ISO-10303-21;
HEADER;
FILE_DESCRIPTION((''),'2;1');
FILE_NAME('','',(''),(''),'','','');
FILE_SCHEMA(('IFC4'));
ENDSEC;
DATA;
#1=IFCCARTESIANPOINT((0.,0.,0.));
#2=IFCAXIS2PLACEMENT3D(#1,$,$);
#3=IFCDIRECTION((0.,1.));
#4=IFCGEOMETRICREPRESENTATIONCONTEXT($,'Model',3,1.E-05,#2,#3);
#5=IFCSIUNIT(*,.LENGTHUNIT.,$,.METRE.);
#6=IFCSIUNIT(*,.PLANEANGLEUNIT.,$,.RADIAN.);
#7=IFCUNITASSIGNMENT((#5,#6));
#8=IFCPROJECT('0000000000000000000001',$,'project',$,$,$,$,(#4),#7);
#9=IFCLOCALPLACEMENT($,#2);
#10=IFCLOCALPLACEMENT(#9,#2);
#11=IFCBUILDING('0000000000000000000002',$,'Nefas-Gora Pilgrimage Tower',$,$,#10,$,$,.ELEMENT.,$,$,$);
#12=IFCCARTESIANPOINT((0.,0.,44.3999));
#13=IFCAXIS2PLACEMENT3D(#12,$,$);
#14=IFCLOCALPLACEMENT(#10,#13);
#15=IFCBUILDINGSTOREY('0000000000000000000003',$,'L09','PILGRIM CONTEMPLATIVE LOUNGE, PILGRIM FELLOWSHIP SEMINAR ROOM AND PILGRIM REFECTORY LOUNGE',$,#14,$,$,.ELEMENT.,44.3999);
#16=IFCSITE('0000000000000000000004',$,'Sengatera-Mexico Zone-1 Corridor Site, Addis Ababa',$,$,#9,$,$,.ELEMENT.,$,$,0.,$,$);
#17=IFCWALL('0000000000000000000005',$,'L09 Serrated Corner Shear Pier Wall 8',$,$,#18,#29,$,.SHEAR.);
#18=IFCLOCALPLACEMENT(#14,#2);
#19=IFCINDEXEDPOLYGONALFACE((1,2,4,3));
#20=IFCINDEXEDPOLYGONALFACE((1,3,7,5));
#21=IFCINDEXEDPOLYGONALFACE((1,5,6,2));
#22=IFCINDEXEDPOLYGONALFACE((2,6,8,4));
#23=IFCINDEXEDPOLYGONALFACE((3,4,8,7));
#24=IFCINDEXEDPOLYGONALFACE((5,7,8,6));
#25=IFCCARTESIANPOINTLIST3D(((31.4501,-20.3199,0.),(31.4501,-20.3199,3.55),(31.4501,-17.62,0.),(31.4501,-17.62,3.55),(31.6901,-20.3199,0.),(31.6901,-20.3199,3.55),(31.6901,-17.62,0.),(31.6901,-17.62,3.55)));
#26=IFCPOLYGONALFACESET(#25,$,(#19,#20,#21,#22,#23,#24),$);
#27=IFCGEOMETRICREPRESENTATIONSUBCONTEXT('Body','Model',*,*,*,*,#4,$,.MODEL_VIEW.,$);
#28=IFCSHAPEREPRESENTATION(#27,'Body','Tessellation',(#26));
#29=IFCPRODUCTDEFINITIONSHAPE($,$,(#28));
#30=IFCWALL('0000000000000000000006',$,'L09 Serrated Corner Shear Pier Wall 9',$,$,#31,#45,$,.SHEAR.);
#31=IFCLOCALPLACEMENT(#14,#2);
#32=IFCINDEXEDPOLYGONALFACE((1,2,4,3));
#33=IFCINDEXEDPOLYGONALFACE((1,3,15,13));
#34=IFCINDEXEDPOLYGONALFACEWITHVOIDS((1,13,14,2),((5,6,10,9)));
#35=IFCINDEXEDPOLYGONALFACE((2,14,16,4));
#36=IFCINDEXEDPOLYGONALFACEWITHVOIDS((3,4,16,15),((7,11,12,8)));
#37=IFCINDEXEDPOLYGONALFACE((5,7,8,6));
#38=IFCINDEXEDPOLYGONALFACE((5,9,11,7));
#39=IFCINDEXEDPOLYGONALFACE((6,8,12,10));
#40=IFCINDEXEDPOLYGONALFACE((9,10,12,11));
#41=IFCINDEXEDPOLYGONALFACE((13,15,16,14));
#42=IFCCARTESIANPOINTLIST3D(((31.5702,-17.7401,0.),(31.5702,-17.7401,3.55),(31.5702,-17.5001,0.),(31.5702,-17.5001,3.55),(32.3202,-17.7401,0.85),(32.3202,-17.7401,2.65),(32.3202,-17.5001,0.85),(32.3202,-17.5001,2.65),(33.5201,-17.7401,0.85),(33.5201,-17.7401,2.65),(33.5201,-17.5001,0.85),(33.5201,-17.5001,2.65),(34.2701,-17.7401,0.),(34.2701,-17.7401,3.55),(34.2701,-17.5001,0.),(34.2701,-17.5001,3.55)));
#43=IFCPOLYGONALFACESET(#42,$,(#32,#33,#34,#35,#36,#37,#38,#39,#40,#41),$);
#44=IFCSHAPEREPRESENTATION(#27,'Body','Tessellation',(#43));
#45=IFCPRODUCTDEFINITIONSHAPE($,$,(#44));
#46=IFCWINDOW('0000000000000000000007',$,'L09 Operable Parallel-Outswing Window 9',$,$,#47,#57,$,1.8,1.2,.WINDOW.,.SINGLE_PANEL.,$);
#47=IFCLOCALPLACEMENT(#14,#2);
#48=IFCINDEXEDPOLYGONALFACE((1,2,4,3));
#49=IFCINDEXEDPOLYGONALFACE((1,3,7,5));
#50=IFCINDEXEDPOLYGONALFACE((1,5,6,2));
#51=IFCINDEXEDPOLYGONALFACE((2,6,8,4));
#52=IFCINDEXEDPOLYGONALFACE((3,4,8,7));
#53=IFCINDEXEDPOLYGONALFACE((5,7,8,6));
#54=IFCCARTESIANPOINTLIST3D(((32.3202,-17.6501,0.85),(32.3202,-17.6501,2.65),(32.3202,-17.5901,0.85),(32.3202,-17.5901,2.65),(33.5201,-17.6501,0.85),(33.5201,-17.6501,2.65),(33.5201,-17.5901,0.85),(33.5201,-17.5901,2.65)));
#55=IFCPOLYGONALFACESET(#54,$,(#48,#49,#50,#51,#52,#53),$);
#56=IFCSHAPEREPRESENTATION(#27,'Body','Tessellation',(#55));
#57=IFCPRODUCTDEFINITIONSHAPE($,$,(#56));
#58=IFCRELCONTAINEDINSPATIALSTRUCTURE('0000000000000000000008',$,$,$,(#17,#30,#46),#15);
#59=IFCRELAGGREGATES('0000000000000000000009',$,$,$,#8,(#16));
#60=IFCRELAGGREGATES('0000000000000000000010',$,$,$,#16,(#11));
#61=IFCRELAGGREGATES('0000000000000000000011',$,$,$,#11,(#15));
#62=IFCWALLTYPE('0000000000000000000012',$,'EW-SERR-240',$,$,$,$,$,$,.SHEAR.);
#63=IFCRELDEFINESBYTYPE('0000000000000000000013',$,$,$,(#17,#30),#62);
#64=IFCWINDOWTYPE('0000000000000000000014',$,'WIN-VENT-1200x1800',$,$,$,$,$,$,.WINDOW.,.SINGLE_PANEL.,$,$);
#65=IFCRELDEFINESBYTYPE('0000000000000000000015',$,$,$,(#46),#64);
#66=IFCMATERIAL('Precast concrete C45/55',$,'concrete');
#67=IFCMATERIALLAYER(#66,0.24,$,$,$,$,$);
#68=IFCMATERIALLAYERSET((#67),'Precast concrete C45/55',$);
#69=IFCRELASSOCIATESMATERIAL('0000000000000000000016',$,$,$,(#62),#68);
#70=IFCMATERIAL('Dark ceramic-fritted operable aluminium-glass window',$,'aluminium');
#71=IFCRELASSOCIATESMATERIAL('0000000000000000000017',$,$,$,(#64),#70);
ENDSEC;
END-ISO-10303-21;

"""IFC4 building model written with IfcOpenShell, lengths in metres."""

from ifc_helpers import new_model, si_unit, direction, frame, frame_2d, origin, place, context, subcontext, project, spatial, rectangle, extrude, source, transform, mapped, material, layer, layer_set, type_object, element, fill, save


model = new_model("IFC4")

# Units and contexts
model_context = context("Model", 3, precision=1e-05, world=origin(), true_north=direction((0.0, 1.0)))
body_context = subcontext(model_context, "Body", "Model", "MODEL_VIEW")
ifc_project = project(units=[si_unit("LENGTHUNIT", "METRE"), si_unit("PLANEANGLEUNIT", "RADIAN")], contexts=[model_context])

# Site, building, storey
site_placement = place(None, origin())
site = spatial("IfcSite", under=ifc_project, at=site_placement, Name="Sengatera-Mexico Zone-1 Corridor Site, Addis Ababa", CompositionType="ELEMENT", RefElevation=0.0)
building_placement = place(site_placement, origin())
building = spatial("IfcBuilding", under=site, at=building_placement, Name="Nefas-Gora Pilgrimage Tower", CompositionType="ELEMENT")
storey_placement = place(building_placement, frame((0.0, 0.0, 44.3999)))
storey = spatial("IfcBuildingStorey", under=building, at=storey_placement, Name="L09", Description="PILGRIM CONTEMPLATIVE LOUNGE, PILGRIM FELLOWSHIP SEMINAR ROOM AND PILGRIM REFECTORY LOUNGE", CompositionType="ELEMENT", Elevation=44.3999)

# Wall
ifc_material_1 = material(Name="Precast concrete C45/55", Category="concrete")
ifc_layer_1 = layer(ifc_material_1, 0.24)
ifc_layer_set_1 = layer_set([ifc_layer_1], Name="Precast concrete C45/55")
wall_type = type_object("IfcWallType", Name="EW-SERR-240", PredefinedType="SHEAR", material=ifc_layer_set_1)
shared_shape_1 = source(origin(), body_context, "Body", "SweptSolid", [
    extrude(rectangle(XDim=2.7, YDim=0.24, at=frame_2d((1.3501, 0.0))), origin(), (0.0, 0.0, 1.0), 3.55),
])
for number, where, z_axis, x_axis, name in (
    (1, (31.5701, -20.3201, 0.0), (0.0, 0.0, 1.0), (0.0, 1.0, 0.0), "L09 Serrated Corner Shear Pier Wall 8"),
):
    element("IfcWall", number, at=place(storey_placement, frame(where, z_axis=z_axis, x_axis=x_axis)), inside=storey, type_object=wall_type, Name=name, PredefinedType="SHEAR", context=body_context, shape_type="MappedRepresentation", body=[
        mapped(shared_shape_1, transform((0.0, 0.0, 0.0), x_axis=(1.0, 0.0, 0.0), y_axis=(0.0, 1.0, 0.0), z_axis=(0.0, 0.0, 1.0), scale=1.0)),
    ])

# Wall, opening, window
wall_placement = place(storey_placement, frame((31.5701, -17.6201, 0.0), z_axis=(0.0, 0.0, 1.0), x_axis=(1.0, 0.0, 0.0)))
wall = element("IfcWall", 2, at=wall_placement, inside=storey, type_object=wall_type, Name="L09 Serrated Corner Shear Pier Wall 9", PredefinedType="SHEAR", context=body_context, shape_type="MappedRepresentation", body=[
    mapped(shared_shape_1, transform((0.0, 0.0, 0.0), x_axis=(1.0, 0.0, 0.0), y_axis=(0.0, 1.0, 0.0), z_axis=(0.0, 0.0, 1.0), scale=1.0)),
])
opening_placement = place(wall_placement, frame((0.75, 0.0, 0.8501)))
opening = element("IfcOpeningElement", 3, at=opening_placement, cuts=wall, PredefinedType="OPENING", context=body_context, shape_type="SweptSolid", body=[
    extrude(rectangle(XDim=1.2, YDim=1.8, at=frame_2d((0.6001, 0.8999))), frame((0.0, 0.1299, 0.0), z_axis=(0.0, -1.0, 0.0), x_axis=(1.0, 0.0, 0.0)), (0.0, 0.0, 1.0), 0.26),
])
ifc_material_2 = material(Name="Dark ceramic-fritted operable aluminium-glass window", Category="aluminium")
window_type = type_object("IfcWindowType", Name="WIN-VENT-1200x1800", PartitioningType="SINGLE_PANEL", PredefinedType="WINDOW", material=ifc_material_2)
shared_shape_2 = source(origin(), body_context, "Body", "SweptSolid", [
    extrude(rectangle(XDim=1.2, YDim=1.8, at=frame_2d((0.6001, 0.8999))), frame((0.0, 0.03, 0.0), z_axis=(0.0, -1.0, 0.0), x_axis=(1.0, 0.0, 0.0)), (0.0, 0.0, 1.0), 0.0601),
])
window_placement = place(opening_placement, origin())
window = element("IfcWindow", 4, at=window_placement, inside=storey, type_object=window_type, Name="L09 Operable Parallel-Outswing Window 9", OverallHeight=1.8, OverallWidth=1.2, PartitioningType="SINGLE_PANEL", PredefinedType="WINDOW", context=body_context, shape_type="MappedRepresentation", body=[
    mapped(shared_shape_2, transform((0.0, 0.0, 0.0), x_axis=(1.0, 0.0, 0.0), y_axis=(0.0, 1.0, 0.0), z_axis=(0.0, 0.0, 1.0), scale=1.0)),
])
fill(opening, window)

save(model, "model.ifc")
